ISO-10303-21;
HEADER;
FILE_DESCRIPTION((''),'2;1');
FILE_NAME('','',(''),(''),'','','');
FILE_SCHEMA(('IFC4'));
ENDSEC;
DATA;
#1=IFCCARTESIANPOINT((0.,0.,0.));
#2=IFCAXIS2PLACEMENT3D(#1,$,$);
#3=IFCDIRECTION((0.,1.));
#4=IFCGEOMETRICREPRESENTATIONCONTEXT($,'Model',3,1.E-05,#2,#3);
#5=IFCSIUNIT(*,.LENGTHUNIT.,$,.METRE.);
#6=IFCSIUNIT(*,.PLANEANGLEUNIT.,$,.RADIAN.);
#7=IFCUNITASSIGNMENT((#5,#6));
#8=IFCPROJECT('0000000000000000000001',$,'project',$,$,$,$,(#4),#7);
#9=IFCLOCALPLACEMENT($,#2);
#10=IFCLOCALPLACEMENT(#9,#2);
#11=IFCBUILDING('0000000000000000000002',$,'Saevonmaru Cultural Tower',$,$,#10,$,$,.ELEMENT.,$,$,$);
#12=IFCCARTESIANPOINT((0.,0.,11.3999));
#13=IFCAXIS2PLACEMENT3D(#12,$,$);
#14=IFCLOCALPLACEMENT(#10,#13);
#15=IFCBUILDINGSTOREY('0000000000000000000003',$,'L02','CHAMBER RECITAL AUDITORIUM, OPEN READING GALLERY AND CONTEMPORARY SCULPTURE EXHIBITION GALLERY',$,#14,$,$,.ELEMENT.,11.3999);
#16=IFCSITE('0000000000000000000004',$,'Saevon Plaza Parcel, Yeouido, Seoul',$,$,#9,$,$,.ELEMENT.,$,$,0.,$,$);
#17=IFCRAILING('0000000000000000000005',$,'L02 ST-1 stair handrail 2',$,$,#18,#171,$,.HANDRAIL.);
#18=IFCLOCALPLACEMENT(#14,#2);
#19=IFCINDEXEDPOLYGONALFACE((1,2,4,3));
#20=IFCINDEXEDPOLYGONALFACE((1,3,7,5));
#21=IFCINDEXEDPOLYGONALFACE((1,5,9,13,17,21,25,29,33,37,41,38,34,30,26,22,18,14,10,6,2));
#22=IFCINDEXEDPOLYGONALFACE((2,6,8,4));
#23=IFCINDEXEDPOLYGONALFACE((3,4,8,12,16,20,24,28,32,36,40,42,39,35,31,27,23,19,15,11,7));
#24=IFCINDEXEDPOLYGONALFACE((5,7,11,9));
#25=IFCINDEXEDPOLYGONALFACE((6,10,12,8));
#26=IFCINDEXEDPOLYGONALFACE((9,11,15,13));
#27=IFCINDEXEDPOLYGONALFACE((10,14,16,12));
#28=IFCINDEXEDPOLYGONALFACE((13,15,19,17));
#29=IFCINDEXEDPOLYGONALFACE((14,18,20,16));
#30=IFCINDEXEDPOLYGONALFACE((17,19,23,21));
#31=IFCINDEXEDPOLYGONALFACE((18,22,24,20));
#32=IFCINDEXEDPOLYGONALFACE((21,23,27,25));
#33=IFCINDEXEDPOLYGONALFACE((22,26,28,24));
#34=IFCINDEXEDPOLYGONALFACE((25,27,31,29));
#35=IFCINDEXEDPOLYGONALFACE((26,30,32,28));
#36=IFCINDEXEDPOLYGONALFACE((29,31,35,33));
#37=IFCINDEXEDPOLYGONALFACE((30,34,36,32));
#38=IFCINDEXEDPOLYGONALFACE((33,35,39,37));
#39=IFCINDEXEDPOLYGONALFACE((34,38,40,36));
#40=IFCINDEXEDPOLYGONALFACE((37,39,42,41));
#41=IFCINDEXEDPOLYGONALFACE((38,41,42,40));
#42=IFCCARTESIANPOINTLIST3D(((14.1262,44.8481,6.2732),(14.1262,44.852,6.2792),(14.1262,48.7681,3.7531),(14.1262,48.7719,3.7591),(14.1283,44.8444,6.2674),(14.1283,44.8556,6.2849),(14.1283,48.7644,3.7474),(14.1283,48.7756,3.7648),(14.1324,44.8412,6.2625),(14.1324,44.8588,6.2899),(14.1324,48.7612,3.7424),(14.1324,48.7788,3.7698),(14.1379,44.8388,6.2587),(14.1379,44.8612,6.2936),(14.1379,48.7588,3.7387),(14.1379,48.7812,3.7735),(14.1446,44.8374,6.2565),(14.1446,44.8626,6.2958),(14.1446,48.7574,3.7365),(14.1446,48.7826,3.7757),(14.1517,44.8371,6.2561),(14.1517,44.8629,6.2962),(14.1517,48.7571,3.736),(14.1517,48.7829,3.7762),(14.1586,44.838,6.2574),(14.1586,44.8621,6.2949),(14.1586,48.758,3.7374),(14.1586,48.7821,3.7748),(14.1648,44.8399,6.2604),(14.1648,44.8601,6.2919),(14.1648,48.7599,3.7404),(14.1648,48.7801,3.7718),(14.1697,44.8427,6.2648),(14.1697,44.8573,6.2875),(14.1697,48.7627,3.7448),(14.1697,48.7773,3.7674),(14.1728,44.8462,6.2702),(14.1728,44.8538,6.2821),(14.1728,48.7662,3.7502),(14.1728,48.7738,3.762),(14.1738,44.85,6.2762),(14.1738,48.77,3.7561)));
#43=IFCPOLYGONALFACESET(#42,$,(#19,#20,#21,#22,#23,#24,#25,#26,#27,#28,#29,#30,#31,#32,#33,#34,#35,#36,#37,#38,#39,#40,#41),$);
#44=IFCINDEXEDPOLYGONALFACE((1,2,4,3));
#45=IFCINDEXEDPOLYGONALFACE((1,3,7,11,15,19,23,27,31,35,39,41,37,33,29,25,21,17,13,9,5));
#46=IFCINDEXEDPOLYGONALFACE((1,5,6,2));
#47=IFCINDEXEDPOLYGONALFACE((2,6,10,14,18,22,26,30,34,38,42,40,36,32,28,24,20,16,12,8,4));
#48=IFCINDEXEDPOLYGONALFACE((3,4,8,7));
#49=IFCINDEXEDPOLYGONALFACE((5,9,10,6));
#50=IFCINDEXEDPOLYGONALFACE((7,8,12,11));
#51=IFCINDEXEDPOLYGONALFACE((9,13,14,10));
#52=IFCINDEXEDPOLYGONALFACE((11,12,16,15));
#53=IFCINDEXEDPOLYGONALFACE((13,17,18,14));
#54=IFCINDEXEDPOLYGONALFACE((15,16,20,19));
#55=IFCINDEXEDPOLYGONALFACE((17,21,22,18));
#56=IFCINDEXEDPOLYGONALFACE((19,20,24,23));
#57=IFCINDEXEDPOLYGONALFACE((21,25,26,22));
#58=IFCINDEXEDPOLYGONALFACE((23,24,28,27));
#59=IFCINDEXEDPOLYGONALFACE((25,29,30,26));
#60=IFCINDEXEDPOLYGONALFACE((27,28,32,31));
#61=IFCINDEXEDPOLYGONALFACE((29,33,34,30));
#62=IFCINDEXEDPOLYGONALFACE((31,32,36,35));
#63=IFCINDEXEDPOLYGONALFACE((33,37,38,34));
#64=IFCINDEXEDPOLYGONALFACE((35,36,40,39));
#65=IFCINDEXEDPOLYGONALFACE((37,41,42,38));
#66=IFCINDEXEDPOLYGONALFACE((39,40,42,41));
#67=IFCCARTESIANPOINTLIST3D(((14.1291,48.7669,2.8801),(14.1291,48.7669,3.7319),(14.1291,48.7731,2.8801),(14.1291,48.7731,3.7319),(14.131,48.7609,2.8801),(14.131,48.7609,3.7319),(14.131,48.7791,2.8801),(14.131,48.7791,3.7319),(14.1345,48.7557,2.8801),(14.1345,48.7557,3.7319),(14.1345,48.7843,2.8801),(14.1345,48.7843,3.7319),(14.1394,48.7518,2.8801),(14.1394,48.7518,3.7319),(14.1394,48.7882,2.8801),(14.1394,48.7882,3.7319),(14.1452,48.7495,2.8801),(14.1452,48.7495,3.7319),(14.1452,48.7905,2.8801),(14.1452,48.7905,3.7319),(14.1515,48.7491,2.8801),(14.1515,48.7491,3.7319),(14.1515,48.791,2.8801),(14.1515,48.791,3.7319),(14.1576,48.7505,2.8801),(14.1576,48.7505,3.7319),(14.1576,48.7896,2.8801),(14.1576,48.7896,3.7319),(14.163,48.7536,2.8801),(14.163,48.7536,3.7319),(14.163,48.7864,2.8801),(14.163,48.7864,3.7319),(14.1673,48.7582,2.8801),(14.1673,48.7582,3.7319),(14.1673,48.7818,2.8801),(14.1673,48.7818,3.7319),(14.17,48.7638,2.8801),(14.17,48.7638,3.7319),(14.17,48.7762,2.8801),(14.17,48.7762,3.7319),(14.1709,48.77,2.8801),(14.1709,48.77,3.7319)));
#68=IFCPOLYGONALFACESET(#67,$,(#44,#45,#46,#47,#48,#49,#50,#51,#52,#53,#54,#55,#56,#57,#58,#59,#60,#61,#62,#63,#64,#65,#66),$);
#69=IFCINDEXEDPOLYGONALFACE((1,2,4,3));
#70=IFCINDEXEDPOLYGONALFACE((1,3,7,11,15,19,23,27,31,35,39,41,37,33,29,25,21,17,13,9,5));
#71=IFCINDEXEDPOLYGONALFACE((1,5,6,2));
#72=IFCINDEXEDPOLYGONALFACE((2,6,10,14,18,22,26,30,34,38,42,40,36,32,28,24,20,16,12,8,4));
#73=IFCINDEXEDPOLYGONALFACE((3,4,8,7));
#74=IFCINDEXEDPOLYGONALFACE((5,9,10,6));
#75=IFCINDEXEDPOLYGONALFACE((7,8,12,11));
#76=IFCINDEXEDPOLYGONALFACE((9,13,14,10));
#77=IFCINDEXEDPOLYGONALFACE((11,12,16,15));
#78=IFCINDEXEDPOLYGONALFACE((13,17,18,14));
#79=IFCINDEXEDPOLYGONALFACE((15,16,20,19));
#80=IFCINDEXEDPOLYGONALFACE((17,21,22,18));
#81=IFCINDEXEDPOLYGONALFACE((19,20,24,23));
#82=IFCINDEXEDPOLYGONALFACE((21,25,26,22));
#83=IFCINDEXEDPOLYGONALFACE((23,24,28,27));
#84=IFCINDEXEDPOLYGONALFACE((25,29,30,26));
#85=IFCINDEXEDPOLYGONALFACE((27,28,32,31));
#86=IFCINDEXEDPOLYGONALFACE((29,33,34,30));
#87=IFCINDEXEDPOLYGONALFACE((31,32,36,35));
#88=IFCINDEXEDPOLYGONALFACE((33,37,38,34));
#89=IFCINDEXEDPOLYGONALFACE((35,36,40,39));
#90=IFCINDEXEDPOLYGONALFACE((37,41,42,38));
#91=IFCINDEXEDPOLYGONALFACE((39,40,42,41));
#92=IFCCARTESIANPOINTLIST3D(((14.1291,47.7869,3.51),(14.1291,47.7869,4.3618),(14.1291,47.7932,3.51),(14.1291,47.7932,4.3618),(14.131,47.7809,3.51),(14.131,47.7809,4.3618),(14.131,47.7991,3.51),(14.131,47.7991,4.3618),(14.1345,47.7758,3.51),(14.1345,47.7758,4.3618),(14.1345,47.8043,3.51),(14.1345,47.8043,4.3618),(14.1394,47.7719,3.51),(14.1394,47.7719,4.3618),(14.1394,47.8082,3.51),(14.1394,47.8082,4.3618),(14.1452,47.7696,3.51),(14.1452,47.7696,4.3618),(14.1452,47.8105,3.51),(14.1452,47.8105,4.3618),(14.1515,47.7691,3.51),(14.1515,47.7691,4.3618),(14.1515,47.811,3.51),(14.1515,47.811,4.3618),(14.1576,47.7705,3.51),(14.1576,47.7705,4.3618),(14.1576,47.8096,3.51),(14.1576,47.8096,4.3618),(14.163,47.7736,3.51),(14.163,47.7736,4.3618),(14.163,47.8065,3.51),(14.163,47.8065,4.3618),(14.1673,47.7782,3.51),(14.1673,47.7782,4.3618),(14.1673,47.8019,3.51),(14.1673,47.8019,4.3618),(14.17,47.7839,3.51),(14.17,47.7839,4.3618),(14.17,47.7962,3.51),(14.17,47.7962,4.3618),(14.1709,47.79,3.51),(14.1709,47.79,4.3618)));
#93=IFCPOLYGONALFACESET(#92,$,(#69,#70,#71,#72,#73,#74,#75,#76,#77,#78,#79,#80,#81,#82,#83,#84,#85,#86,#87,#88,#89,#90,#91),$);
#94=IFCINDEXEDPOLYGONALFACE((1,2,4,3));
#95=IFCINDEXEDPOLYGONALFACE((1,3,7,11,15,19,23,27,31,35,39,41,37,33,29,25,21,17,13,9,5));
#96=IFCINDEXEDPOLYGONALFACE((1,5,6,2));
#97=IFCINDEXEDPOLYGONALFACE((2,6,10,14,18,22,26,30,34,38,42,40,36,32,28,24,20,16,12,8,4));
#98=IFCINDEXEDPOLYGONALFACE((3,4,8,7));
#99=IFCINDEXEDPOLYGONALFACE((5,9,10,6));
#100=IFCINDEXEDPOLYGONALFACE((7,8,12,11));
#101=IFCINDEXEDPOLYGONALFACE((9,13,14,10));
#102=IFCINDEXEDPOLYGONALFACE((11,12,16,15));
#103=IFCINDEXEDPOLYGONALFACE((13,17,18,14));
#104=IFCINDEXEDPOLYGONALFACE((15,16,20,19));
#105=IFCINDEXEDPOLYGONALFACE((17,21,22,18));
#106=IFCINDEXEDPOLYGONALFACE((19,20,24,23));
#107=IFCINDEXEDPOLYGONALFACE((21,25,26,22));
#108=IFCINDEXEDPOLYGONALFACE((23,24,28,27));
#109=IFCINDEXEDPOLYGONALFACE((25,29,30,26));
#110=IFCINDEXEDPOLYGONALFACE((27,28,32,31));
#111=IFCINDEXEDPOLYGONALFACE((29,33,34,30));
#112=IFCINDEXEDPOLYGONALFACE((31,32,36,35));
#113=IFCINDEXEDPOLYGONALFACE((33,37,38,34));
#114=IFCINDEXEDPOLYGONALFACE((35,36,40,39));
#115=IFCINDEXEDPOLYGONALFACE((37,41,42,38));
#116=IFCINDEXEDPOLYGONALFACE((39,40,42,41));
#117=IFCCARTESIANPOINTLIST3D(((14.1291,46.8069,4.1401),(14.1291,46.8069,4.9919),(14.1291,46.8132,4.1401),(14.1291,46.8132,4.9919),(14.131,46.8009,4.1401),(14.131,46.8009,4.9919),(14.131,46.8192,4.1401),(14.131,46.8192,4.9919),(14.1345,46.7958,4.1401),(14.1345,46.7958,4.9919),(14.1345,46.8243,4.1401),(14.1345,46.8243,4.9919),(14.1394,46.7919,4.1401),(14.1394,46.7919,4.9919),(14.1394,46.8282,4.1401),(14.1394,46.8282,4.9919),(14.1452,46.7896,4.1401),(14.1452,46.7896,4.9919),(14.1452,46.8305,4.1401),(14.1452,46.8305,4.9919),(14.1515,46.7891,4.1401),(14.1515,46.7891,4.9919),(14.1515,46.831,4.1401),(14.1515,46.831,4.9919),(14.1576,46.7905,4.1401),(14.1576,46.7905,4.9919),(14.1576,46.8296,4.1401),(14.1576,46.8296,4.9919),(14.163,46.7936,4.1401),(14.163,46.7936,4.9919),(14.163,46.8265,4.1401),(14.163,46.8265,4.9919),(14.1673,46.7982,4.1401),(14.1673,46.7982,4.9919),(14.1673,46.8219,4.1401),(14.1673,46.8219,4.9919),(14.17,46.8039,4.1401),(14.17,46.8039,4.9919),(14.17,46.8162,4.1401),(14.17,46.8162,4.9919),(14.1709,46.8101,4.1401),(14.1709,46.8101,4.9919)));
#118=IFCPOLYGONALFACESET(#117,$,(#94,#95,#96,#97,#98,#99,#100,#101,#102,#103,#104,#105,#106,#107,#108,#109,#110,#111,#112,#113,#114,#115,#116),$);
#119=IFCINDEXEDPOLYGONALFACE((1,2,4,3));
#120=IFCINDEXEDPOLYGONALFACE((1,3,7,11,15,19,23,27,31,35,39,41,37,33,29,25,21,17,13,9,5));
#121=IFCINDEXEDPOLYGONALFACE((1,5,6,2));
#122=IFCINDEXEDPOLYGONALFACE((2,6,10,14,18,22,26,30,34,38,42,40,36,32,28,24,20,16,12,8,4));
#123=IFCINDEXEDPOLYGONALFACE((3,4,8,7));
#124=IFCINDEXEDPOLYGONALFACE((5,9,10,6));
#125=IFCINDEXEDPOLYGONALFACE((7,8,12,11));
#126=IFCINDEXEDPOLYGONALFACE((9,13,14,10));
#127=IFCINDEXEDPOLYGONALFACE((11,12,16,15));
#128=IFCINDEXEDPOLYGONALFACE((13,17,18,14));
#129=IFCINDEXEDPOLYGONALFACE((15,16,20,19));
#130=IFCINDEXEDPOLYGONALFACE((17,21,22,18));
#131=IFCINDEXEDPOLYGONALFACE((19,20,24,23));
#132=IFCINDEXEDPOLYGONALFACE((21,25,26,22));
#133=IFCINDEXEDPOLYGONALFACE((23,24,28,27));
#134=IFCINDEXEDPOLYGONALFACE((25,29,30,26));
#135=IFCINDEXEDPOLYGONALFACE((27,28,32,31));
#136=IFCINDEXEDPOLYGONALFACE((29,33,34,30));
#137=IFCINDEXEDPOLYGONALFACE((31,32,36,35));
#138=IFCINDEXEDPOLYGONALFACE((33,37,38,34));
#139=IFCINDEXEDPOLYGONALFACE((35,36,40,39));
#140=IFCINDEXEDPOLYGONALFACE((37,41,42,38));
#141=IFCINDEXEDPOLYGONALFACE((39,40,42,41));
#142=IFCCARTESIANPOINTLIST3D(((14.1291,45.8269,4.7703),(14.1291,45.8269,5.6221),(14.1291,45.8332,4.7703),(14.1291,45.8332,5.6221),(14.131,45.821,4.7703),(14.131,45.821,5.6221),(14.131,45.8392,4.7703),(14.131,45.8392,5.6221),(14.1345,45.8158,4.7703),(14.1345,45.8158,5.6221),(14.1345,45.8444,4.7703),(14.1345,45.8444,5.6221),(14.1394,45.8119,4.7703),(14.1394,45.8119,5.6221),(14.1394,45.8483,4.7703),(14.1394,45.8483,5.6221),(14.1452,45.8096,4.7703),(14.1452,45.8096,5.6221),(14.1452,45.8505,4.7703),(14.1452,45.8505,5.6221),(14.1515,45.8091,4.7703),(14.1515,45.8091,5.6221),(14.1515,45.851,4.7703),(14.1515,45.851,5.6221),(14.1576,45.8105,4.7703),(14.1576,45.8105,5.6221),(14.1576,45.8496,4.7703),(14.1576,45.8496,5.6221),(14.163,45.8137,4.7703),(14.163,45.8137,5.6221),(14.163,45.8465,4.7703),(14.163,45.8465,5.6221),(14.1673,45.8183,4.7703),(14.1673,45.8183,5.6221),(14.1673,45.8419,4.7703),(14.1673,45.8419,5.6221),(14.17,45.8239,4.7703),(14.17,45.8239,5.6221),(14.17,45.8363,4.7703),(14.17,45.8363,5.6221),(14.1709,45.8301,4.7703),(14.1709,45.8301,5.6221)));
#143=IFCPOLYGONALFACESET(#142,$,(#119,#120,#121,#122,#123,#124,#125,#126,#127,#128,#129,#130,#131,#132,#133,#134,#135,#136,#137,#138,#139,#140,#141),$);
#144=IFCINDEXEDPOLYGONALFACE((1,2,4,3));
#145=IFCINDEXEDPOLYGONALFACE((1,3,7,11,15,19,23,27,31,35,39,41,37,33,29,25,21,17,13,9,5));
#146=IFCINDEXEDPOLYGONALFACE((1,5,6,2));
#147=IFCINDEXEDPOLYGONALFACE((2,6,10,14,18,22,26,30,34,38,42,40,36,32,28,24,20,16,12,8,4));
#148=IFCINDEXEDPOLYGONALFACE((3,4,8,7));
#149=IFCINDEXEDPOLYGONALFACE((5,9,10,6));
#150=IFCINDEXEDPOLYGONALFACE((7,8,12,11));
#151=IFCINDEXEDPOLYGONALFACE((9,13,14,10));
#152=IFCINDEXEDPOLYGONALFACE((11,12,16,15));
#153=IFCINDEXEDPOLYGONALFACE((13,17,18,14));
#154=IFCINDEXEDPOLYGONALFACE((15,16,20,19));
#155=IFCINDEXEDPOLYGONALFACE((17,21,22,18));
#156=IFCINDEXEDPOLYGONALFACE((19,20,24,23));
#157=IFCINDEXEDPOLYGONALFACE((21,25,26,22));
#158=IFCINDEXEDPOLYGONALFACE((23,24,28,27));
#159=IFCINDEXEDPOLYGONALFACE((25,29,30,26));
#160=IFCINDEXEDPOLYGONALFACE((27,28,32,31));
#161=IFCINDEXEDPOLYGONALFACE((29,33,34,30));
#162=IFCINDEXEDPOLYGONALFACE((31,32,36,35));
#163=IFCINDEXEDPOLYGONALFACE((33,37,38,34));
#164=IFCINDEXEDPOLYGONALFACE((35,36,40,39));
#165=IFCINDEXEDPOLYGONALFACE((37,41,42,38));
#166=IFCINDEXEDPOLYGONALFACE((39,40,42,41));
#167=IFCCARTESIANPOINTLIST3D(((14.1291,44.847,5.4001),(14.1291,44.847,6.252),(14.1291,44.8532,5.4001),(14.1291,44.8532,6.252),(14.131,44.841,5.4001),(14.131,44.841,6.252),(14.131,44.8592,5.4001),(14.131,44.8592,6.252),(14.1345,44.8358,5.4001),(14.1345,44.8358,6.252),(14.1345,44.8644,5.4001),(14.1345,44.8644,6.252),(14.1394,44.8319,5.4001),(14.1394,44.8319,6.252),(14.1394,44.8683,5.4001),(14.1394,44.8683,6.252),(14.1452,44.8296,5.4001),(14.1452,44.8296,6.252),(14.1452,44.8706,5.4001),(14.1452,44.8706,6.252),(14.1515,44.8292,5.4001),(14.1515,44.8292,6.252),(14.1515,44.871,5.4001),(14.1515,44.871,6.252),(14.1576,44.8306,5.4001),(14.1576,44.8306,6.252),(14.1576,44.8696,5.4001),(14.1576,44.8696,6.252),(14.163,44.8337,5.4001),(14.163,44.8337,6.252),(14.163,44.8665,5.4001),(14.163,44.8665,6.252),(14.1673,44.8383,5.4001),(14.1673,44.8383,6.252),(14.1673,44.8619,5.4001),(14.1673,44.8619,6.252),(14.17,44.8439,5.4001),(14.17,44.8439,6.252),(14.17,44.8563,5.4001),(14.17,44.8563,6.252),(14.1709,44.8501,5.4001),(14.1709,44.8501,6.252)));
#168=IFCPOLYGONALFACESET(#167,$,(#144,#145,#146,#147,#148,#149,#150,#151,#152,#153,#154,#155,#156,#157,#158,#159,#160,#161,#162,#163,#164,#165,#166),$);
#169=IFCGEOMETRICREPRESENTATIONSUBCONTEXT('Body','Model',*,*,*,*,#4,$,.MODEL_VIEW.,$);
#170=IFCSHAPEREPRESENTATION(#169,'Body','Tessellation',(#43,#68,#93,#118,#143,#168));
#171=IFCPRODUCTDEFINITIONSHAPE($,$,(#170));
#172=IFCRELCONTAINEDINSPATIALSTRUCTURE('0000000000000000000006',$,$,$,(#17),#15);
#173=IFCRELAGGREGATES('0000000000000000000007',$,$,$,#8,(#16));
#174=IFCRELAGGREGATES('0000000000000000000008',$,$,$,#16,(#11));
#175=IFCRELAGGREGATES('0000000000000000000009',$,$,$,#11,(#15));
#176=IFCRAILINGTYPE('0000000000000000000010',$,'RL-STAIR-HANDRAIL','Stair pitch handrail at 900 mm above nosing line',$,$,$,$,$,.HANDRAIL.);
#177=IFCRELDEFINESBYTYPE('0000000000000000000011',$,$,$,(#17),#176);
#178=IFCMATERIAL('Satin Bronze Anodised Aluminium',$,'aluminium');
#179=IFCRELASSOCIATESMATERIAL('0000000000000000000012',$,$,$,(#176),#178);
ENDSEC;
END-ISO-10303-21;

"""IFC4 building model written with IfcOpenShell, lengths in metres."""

from ifc_helpers import new_model, si_unit, direction, frame, origin, origin_2d, place, context, subcontext, project, spatial, circle, extrude, material, type_object, element, save


model = new_model("IFC4")

# Units and contexts
model_context = context("Model", 3, precision=1e-05, world=origin(), true_north=direction((0.0, 1.0)))
body_context = subcontext(model_context, "Body", "Model", "MODEL_VIEW")
ifc_project = project(units=[si_unit("LENGTHUNIT", "METRE"), si_unit("PLANEANGLEUNIT", "RADIAN")], contexts=[model_context])

# Site, building, storey
site_placement = place(None, origin())
site = spatial("IfcSite", under=ifc_project, at=site_placement, Name="Saevon Plaza Parcel, Yeouido, Seoul", CompositionType="ELEMENT", RefElevation=0.0)
building_placement = place(site_placement, origin())
building = spatial("IfcBuilding", under=site, at=building_placement, Name="Saevonmaru Cultural Tower", CompositionType="ELEMENT")
storey_placement = place(building_placement, frame((0.0, 0.0, 11.3999)))
storey = spatial("IfcBuildingStorey", under=building, at=storey_placement, Name="L02", Description="CHAMBER RECITAL AUDITORIUM, OPEN READING GALLERY AND CONTEMPORARY SCULPTURE EXHIBITION GALLERY", CompositionType="ELEMENT", Elevation=11.3999)

# Shared definitions
ifc_material_1 = material(Name="Satin Bronze Anodised Aluminium", Category="aluminium")

# Railing
railing_type_1 = type_object("IfcRailingType", Name="RL-STAIR-HANDRAIL", Description="Stair pitch handrail at 900 mm above nosing line", PredefinedType="HANDRAIL", material=ifc_material_1)
railing_1_placement = place(storey_placement, frame((14.1499, 48.77, 2.8801)))
element("IfcRailing", 1, at=railing_1_placement, inside=storey, type_object=railing_type_1, Name="L02 ST-1 stair handrail 2", PredefinedType="HANDRAIL", context=body_context, shape_type="SweptSolid", body=[
    extrude(circle(Radius=0.0239, at=origin_2d()), frame((0.0, 0.0, 0.876), z_axis=(0.0, -0.841172, 0.540768), x_axis=(1.0, 0.0, 0.0)), (0.0, 0.0, 1.0), 4.6602),
    extrude(circle(Radius=0.021, at=origin_2d()), origin(), (0.0, 0.0, 1.0), 0.8518),
    extrude(circle(Radius=0.021, at=origin_2d()), frame((0.0, -0.98, 0.6299)), (0.0, 0.0, 1.0), 0.8518),
    extrude(circle(Radius=0.021, at=origin_2d()), frame((0.0, -1.96, 1.26)), (0.0, 0.0, 1.0), 0.8518),
    extrude(circle(Radius=0.021, at=origin_2d()), frame((0.0, -2.9399, 1.8901)), (0.0, 0.0, 1.0), 0.8518),
    extrude(circle(Radius=0.021, at=origin_2d()), frame((0.0, -3.9199, 2.52)), (0.0, 0.0, 1.0), 0.8518),
])

save(model, "model.ifc")
